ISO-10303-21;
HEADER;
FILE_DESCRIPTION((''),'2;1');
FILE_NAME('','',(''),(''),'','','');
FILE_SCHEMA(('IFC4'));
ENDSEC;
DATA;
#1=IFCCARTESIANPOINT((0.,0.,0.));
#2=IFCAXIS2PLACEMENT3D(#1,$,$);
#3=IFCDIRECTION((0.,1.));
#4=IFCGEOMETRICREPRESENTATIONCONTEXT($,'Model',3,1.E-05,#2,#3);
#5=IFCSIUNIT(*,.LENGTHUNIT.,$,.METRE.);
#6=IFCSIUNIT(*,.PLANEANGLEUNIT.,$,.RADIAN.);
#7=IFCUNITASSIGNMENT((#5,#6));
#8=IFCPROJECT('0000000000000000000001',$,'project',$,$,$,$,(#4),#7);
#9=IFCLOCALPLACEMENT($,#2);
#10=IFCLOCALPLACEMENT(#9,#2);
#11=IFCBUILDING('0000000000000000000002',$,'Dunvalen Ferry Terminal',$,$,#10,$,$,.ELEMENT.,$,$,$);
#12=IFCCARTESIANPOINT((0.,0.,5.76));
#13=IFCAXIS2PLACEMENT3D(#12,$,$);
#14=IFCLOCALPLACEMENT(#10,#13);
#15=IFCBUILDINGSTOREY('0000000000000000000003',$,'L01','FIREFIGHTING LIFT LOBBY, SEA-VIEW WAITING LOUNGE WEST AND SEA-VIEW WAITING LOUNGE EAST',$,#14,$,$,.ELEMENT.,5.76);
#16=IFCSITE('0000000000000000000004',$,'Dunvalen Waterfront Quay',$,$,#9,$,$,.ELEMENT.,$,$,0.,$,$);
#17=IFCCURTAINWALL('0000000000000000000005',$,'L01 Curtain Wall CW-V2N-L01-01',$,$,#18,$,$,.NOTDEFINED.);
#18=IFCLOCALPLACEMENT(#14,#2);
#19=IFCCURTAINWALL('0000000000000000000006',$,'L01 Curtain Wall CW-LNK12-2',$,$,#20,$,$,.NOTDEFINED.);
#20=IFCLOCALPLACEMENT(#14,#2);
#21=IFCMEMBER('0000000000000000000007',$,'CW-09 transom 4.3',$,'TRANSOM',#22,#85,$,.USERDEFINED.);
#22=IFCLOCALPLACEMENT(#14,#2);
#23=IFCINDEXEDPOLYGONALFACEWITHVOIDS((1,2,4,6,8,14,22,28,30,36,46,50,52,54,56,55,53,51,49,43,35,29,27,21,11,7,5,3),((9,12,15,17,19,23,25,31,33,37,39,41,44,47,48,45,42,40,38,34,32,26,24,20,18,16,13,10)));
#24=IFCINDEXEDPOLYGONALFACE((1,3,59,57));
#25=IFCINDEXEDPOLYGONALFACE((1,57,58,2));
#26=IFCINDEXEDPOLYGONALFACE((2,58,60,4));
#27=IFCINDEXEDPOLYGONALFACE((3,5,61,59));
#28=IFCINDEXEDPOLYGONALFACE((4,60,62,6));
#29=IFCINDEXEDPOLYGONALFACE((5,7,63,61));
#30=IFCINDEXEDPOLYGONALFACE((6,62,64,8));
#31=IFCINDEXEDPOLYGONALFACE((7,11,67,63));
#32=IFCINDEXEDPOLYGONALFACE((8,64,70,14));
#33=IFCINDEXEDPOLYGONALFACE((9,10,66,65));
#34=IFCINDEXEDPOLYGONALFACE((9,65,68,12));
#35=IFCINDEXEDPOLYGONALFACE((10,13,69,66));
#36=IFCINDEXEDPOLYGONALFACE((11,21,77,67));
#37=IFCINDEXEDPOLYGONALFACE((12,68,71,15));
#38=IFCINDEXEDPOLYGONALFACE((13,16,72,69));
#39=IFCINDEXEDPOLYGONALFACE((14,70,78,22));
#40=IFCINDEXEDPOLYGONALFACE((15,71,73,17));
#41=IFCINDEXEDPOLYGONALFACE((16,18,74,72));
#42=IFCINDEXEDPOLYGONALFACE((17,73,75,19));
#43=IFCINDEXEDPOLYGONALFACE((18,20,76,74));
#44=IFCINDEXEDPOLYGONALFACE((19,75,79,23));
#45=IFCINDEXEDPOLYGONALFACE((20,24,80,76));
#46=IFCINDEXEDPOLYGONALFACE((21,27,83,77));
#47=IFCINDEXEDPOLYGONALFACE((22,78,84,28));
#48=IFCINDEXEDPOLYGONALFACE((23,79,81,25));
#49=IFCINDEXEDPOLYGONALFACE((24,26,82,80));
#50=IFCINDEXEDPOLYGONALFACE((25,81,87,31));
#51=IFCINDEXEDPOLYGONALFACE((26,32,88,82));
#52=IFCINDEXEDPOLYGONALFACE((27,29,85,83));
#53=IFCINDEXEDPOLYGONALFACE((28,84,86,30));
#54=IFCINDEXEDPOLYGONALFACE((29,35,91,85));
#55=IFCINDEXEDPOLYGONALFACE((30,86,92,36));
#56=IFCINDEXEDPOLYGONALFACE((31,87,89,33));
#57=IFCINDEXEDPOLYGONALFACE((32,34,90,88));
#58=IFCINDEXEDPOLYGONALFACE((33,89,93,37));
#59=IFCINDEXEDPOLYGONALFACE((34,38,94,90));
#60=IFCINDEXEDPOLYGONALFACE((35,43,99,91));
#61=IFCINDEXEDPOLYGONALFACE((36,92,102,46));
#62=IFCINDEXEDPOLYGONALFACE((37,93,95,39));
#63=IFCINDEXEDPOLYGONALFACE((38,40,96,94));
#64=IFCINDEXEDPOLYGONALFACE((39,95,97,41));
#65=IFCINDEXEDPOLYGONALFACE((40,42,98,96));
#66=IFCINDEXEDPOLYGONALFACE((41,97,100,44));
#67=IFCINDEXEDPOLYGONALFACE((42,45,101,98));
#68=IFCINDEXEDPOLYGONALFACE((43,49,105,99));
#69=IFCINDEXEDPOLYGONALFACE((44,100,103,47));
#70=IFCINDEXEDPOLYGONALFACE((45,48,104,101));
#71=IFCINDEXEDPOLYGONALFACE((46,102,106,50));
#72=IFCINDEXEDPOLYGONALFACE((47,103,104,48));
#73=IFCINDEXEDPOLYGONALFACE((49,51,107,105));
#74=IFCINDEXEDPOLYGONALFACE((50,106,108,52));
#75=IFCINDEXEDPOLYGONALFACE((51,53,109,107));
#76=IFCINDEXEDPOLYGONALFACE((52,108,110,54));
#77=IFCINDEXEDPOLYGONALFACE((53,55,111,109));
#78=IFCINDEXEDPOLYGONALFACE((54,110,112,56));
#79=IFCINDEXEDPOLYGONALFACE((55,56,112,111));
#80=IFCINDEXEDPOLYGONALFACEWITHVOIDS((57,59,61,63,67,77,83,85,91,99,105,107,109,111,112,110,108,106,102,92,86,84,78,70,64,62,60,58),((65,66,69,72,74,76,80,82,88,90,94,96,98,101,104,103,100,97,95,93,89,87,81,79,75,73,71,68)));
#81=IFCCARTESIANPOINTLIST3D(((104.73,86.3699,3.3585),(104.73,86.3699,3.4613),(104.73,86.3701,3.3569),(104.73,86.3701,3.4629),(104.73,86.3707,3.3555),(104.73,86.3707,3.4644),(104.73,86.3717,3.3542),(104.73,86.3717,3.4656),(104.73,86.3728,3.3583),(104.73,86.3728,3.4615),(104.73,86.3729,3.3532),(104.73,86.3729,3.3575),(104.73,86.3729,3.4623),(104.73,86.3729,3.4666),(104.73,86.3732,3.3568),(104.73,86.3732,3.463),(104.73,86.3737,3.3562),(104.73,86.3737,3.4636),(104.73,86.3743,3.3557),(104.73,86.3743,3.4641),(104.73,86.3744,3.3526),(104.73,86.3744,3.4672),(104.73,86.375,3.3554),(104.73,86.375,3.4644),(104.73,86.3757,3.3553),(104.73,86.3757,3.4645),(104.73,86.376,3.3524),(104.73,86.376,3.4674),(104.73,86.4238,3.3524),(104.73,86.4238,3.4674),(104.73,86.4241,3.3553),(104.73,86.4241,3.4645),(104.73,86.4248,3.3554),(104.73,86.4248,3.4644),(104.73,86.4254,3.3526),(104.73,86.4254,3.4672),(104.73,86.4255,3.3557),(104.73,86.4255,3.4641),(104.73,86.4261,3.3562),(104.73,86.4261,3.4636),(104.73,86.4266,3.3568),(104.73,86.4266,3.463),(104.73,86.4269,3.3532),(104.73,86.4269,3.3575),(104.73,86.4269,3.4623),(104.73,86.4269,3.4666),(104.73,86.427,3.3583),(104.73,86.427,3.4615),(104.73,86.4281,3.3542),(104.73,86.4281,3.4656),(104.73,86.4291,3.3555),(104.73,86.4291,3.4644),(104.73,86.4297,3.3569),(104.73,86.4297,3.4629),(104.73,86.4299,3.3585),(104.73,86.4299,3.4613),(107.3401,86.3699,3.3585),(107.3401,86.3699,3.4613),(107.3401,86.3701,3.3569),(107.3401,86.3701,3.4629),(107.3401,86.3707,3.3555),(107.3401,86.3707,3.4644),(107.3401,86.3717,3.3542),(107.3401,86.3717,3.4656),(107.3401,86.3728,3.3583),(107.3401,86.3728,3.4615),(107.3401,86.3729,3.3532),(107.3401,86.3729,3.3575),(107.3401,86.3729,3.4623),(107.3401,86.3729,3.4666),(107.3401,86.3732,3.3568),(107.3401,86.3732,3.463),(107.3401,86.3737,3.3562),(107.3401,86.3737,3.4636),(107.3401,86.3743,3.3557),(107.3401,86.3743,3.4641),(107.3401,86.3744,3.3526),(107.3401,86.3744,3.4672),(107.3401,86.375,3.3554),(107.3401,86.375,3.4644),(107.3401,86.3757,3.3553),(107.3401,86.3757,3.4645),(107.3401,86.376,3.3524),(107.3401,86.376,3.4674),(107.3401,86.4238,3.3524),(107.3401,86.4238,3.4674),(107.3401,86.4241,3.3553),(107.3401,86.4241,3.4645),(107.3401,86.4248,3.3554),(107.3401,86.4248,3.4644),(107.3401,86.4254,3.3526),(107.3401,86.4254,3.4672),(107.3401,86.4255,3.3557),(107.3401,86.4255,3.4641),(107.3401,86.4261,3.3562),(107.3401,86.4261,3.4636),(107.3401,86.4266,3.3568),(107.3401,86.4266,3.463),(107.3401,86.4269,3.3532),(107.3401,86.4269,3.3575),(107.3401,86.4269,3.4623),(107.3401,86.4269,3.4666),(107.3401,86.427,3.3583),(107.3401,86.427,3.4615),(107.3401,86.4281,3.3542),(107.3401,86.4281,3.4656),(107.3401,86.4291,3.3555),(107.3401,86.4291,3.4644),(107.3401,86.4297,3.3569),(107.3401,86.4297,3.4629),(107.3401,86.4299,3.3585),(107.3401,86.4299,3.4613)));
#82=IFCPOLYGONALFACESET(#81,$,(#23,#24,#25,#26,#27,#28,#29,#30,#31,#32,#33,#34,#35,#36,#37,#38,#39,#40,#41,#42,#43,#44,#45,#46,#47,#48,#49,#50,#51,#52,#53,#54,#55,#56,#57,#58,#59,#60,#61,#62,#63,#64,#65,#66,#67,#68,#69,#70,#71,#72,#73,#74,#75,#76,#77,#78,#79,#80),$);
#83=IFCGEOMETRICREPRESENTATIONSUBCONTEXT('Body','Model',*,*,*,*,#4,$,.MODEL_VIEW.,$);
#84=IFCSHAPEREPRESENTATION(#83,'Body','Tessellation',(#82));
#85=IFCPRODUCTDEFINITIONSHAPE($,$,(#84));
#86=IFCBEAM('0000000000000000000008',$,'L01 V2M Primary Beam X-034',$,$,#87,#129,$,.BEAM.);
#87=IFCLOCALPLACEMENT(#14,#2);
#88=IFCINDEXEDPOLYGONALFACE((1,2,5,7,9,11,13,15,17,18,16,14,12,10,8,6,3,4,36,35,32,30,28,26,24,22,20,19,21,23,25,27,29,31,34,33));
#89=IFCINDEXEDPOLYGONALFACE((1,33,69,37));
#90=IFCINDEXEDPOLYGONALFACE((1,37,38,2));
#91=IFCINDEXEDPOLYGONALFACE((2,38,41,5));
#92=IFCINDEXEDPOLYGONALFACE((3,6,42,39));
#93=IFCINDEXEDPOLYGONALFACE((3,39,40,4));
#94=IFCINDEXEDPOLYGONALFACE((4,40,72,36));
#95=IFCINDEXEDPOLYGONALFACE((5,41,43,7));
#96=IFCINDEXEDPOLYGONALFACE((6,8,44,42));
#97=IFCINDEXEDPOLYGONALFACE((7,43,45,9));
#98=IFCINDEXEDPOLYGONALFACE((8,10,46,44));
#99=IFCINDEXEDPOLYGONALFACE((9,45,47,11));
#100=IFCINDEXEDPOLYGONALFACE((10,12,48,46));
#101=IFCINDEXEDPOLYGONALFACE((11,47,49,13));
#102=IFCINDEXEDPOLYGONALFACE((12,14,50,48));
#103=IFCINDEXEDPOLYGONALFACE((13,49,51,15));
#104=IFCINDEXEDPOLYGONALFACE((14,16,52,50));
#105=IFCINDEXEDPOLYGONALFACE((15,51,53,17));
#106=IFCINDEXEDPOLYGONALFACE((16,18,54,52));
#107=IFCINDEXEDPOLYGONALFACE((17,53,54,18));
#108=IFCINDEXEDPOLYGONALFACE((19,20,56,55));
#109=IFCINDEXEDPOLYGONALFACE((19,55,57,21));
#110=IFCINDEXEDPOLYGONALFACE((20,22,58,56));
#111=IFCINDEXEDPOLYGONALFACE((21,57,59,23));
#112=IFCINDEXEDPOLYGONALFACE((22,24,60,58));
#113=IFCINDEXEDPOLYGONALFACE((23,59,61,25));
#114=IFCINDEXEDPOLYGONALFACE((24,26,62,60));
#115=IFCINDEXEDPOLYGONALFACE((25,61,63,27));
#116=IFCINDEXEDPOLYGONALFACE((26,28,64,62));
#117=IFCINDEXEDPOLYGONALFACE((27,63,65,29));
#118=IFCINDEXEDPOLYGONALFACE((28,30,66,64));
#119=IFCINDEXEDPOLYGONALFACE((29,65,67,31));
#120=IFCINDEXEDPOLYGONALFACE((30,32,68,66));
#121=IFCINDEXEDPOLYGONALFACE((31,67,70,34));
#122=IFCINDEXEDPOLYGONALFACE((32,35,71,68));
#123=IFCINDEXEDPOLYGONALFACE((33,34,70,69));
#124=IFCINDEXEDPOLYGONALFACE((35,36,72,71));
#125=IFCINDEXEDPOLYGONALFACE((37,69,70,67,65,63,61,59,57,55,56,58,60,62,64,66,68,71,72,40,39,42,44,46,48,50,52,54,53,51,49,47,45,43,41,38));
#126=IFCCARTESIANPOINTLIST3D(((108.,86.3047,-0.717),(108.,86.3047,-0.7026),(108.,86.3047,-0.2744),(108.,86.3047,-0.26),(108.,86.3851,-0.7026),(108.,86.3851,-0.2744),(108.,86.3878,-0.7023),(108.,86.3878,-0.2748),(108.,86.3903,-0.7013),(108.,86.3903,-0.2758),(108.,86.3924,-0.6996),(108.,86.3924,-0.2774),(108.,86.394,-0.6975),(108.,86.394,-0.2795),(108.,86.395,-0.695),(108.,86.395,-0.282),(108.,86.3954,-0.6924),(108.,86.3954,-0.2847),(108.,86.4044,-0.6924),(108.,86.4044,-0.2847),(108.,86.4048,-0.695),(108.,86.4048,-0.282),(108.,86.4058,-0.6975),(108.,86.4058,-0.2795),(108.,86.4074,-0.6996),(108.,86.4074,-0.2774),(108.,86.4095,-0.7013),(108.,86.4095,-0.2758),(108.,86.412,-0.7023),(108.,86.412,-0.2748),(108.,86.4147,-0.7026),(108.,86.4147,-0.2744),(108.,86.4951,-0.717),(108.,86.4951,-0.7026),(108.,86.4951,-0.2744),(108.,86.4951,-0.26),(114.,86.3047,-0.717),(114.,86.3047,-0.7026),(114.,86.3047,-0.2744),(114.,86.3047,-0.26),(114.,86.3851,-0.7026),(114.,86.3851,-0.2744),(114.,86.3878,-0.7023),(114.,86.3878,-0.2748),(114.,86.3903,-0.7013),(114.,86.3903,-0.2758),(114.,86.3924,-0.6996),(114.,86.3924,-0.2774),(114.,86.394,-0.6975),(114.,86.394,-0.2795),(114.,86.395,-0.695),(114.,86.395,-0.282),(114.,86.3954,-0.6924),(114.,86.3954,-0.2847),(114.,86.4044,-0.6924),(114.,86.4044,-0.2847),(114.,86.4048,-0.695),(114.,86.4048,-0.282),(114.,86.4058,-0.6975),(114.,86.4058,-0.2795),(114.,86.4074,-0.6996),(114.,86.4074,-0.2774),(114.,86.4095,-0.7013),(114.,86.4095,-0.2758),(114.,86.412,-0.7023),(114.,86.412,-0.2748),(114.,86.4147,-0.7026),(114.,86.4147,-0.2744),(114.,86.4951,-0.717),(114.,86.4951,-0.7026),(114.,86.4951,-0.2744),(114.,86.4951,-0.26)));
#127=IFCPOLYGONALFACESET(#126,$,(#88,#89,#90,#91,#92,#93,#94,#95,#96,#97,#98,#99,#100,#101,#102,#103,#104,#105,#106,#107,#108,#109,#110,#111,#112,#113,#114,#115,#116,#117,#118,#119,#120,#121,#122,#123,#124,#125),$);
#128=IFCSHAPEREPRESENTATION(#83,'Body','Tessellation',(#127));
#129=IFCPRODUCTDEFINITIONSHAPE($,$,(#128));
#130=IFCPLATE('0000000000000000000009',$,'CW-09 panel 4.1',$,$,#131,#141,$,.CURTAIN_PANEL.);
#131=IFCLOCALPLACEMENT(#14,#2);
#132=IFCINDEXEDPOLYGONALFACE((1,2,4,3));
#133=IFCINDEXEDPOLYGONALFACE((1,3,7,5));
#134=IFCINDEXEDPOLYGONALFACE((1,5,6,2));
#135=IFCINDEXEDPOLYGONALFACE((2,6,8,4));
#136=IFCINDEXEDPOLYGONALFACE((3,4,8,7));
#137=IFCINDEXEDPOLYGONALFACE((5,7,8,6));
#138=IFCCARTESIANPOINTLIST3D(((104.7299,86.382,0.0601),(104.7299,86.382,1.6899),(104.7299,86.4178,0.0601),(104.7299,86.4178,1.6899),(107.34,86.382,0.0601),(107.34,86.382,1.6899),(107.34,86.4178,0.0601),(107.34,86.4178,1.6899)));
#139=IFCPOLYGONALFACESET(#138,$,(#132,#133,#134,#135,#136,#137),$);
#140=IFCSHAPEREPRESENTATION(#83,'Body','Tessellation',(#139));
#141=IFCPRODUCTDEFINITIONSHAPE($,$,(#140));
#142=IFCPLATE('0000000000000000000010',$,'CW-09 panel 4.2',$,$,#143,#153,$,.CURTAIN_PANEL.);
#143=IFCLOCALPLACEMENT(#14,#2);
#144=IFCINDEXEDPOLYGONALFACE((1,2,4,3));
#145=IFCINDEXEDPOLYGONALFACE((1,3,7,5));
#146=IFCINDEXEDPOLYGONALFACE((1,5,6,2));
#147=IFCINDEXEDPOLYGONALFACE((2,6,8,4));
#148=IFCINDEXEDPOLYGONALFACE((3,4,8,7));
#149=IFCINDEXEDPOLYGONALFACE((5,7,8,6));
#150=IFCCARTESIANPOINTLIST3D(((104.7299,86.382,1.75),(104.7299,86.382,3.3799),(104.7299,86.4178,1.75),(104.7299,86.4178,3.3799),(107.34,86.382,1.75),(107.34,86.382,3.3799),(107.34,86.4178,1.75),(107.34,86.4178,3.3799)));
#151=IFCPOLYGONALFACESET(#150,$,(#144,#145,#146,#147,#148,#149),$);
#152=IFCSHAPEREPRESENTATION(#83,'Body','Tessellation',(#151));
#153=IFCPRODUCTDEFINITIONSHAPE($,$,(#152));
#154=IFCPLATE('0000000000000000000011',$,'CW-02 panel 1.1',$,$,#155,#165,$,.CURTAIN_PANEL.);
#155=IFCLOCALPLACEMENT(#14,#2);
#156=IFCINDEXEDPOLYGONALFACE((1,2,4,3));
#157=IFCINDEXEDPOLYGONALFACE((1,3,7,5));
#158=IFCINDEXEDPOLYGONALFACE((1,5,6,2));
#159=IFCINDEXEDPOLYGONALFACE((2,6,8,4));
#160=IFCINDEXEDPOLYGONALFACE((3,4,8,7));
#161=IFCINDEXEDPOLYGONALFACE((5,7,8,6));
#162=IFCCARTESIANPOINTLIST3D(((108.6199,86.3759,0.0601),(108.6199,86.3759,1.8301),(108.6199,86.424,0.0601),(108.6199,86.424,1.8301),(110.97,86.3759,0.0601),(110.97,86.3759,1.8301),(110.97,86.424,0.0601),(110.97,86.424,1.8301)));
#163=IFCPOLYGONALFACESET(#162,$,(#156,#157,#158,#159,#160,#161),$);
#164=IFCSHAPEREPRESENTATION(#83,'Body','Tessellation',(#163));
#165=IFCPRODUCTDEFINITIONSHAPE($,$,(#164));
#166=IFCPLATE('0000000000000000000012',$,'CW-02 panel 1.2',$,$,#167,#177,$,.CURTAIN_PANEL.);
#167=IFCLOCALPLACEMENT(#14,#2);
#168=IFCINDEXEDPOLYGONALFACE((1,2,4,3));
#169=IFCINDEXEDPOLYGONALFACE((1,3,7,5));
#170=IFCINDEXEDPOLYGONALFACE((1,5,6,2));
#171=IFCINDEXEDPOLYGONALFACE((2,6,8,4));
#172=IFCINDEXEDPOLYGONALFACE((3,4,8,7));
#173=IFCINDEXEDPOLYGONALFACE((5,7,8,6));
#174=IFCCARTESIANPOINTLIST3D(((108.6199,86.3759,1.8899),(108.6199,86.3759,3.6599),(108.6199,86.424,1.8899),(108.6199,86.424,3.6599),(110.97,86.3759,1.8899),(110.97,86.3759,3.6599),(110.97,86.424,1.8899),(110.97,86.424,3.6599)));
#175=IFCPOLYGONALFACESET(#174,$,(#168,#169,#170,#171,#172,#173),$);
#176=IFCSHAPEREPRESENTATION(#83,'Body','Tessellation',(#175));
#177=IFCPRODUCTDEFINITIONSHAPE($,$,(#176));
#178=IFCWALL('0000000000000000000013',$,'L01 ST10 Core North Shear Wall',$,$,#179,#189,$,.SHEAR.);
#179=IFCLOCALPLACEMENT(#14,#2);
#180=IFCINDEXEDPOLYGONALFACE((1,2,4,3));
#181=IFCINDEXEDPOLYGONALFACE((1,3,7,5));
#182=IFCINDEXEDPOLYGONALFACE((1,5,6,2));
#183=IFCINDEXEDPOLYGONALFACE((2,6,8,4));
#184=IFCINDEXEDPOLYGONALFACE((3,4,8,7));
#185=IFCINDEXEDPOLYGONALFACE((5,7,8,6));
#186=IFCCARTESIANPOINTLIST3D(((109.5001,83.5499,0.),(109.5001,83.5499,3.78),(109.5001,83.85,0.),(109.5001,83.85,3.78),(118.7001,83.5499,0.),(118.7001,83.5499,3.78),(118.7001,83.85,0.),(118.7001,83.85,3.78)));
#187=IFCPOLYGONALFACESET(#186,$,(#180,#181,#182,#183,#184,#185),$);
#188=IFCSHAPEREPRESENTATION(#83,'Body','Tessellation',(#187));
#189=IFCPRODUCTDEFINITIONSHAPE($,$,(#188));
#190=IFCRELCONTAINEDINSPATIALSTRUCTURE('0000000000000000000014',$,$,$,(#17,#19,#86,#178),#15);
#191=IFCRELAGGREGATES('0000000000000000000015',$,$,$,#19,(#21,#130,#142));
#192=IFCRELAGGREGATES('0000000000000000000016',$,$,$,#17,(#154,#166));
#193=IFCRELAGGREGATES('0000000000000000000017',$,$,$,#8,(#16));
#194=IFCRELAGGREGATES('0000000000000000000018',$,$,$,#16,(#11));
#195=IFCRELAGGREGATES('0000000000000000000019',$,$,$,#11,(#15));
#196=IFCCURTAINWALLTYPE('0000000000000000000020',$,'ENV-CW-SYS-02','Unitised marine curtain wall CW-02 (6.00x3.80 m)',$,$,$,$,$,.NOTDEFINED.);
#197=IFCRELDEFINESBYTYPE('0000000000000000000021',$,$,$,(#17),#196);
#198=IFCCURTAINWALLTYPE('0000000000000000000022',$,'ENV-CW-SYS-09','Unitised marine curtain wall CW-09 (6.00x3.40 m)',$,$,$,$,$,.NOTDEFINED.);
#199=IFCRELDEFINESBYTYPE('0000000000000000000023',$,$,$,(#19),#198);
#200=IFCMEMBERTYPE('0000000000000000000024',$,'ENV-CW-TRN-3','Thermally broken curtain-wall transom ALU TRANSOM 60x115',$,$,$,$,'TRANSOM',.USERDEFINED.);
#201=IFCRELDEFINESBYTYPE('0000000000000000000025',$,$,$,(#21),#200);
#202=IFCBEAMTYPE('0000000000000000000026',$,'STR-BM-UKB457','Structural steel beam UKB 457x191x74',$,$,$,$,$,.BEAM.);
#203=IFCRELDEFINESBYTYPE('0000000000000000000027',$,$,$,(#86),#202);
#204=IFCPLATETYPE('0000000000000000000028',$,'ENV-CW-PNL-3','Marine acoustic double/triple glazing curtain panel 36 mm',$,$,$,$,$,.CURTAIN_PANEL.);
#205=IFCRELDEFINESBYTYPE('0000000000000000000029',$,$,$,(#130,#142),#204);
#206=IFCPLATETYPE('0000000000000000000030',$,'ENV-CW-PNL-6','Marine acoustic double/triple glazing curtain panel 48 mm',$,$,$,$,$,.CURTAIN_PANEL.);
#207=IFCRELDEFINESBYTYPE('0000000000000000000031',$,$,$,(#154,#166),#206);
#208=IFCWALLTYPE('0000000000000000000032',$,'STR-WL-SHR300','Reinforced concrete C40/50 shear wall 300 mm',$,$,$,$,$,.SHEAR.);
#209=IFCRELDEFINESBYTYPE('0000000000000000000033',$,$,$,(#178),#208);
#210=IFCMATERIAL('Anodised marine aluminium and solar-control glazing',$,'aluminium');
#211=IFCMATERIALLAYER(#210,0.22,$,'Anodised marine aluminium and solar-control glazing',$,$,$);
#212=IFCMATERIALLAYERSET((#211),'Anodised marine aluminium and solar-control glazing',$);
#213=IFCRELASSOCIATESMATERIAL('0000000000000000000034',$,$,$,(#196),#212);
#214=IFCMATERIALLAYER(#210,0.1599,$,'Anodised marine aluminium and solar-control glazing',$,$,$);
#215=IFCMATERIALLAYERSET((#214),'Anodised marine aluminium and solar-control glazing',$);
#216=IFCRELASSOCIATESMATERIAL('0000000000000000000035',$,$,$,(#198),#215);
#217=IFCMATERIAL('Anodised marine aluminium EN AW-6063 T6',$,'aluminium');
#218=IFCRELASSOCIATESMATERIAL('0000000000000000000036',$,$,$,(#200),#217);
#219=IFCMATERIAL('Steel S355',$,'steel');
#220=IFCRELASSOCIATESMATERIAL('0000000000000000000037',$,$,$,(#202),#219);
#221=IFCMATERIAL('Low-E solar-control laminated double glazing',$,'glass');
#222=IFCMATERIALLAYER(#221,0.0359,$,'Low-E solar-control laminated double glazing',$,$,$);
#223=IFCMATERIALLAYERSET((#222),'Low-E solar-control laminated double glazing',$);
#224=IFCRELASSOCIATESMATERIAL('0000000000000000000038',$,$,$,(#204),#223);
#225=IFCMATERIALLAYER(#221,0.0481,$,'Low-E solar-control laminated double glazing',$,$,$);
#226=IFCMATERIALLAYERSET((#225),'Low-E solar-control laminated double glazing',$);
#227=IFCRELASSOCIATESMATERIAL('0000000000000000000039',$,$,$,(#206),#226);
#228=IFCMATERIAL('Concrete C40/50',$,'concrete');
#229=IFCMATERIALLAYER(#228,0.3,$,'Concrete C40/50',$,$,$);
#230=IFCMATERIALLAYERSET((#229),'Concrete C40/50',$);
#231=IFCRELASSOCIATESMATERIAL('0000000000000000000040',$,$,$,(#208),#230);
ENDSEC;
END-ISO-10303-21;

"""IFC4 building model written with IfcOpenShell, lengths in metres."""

from ifc_helpers import new_model, si_unit, direction, frame, frame_2d, origin, origin_2d, place, context, subcontext, project, spatial, rectangle, hollow_rectangle, i_section, extrude, material, layer, layer_set, material_profile, profile_set, type_object, element, aggregate, save


model = new_model("IFC4")

# Units and contexts
model_context = context("Model", 3, precision=1e-05, world=origin(), true_north=direction((0.0, 1.0)))
body_context = subcontext(model_context, "Body", "Model", "MODEL_VIEW")
ifc_project = project(units=[si_unit("LENGTHUNIT", "METRE"), si_unit("PLANEANGLEUNIT", "RADIAN")], contexts=[model_context])

# Site, building, storey
site_placement = place(None, origin())
site = spatial("IfcSite", under=ifc_project, at=site_placement, Name="Dunvalen Waterfront Quay", CompositionType="ELEMENT", RefElevation=0.0)
building_placement = place(site_placement, origin())
building = spatial("IfcBuilding", under=site, at=building_placement, Name="Dunvalen Ferry Terminal", CompositionType="ELEMENT")
storey_placement = place(building_placement, frame((0.0, 0.0, 5.76)))
storey = spatial("IfcBuildingStorey", under=building, at=storey_placement, Name="L01", Description="FIREFIGHTING LIFT LOBBY, SEA-VIEW WAITING LOUNGE WEST AND SEA-VIEW WAITING LOUNGE EAST", CompositionType="ELEMENT", Elevation=5.76)

# Shared definitions
ifc_material_1 = material(Name="Concrete C40/50", Category="concrete")

# Curtain wall
ifc_material_2 = material(Name="Anodised marine aluminium and solar-control glazing", Category="aluminium")
ifc_layer_1 = layer(ifc_material_2, 0.22, Name="Anodised marine aluminium and solar-control glazing")
ifc_layer_set_1 = layer_set([ifc_layer_1], Name="Anodised marine aluminium and solar-control glazing")
curtain_wall_type_1 = type_object("IfcCurtainWallType", Name="ENV-CW-SYS-02", Description="Unitised marine curtain wall CW-02 (6.00x3.80 m)", PredefinedType="NOTDEFINED", material=ifc_layer_set_1)
curtain_wall_1_placement = place(storey_placement, origin())
curtain_wall_1 = element("IfcCurtainWall", 1, at=curtain_wall_1_placement, inside=storey, type_object=curtain_wall_type_1, Name="L01 Curtain Wall CW-V2N-L01-01", PredefinedType="NOTDEFINED")
ifc_material_3 = material(Name="Anodised marine aluminium EN AW-6063 T6", Category="aluminium")

# Curtain wall
ifc_layer_2 = layer(ifc_material_2, 0.1599, Name="Anodised marine aluminium and solar-control glazing")
ifc_layer_set_2 = layer_set([ifc_layer_2], Name="Anodised marine aluminium and solar-control glazing")
curtain_wall_type_2 = type_object("IfcCurtainWallType", Name="ENV-CW-SYS-09", Description="Unitised marine curtain wall CW-09 (6.00x3.40 m)", PredefinedType="NOTDEFINED", material=ifc_layer_set_2)
curtain_wall_2_placement = place(storey_placement, origin())
curtain_wall_2 = element("IfcCurtainWall", 2, at=curtain_wall_2_placement, inside=storey, type_object=curtain_wall_type_2, Name="L01 Curtain Wall CW-LNK12-2", PredefinedType="NOTDEFINED")

# Member
ifc_material_profile_1 = material_profile(ifc_material_3, hollow_rectangle(XDim=0.0601, YDim=0.115, WallThickness=0.0029, InnerFilletRadius=0.0029, OuterFilletRadius=0.0061, at=origin_2d()), Name="Anodised marine aluminium EN AW-6063 T6")
ifc_profile_set_1 = profile_set([ifc_material_profile_1], Name="Anodised marine aluminium EN AW-6063 T6")
member_type_1 = type_object("IfcMemberType", Name="ENV-CW-TRN-3", Description="Thermally broken curtain-wall transom ALU TRANSOM 60x115", ElementType="TRANSOM", PredefinedType="USERDEFINED", material=ifc_profile_set_1)
member_1_placement = place(storey_placement, frame((104.73, 86.3999, 3.4099), z_axis=(1.0, 0.0, 0.0), x_axis=(0.0, 1.0, 0.0)))
member_1 = element("IfcMember", 3, at=member_1_placement, type_object=member_type_1, Name="CW-09 transom 4.3", ObjectType="TRANSOM", PredefinedType="USERDEFINED", context=body_context, shape_type="SweptSolid", body=[
    extrude(hollow_rectangle(XDim=0.0601, YDim=0.115, WallThickness=0.0029, InnerFilletRadius=0.0029, OuterFilletRadius=0.0061, at=origin_2d()), origin(), (0.0, 0.0, 1.0), 2.6101),
])

# Beam
ifc_material_4 = material(Name="Steel S355", Category="steel")
ifc_material_profile_2 = material_profile(ifc_material_4, i_section(OverallWidth=0.1904, OverallDepth=0.457, WebThickness=0.009, FlangeThickness=0.0144, FilletRadius=0.0103, at=origin_2d()), Name="Steel S355")
ifc_profile_set_2 = profile_set([ifc_material_profile_2], Name="Steel S355")
beam_type = type_object("IfcBeamType", Name="STR-BM-UKB457", Description="Structural steel beam UKB 457x191x74", PredefinedType="BEAM", material=ifc_profile_set_2)
beam_placement = place(storey_placement, frame((108.0, 86.3999, -0.4885), z_axis=(1.0, 0.0, 0.0), x_axis=(0.0, 1.0, 0.0)))
element("IfcBeam", 4, at=beam_placement, inside=storey, type_object=beam_type, Name="L01 V2M Primary Beam X-034", PredefinedType="BEAM", context=body_context, shape_type="SweptSolid", body=[
    extrude(i_section(OverallWidth=0.1904, OverallDepth=0.457, WebThickness=0.009, FlangeThickness=0.0144, FilletRadius=0.0103, at=origin_2d()), origin(), (0.0, 0.0, 1.0), 6.0),
])

# Plates
ifc_material_5 = material(Name="Low-E solar-control laminated double glazing", Category="glass")
ifc_layer_3 = layer(ifc_material_5, 0.0359, Name="Low-E solar-control laminated double glazing")
ifc_layer_set_3 = layer_set([ifc_layer_3], Name="Low-E solar-control laminated double glazing")
plate_type_1 = type_object("IfcPlateType", Name="ENV-CW-PNL-3", Description="Marine acoustic double/triple glazing curtain panel 36 mm", PredefinedType="CURTAIN_PANEL", material=ifc_layer_set_3)
plate_1_placement = place(storey_placement, frame((106.0349, 86.3999, 0.0601), z_axis=(0.0, 0.0, 1.0), x_axis=(1.0, 0.0, 0.0)))
plate_1 = element("IfcPlate", 5, at=plate_1_placement, type_object=plate_type_1, Name="CW-09 panel 4.1", PredefinedType="CURTAIN_PANEL", context=body_context, shape_type="SweptSolid", body=[
    extrude(rectangle(XDim=2.6101, YDim=0.0359, at=origin_2d()), origin(), (0.0, 0.0, 1.0), 1.6299),
])
plate_2_placement = place(storey_placement, frame((106.0349, 86.3999, 1.75), z_axis=(0.0, 0.0, 1.0), x_axis=(1.0, 0.0, 0.0)))
plate_2 = element("IfcPlate", 6, at=plate_2_placement, type_object=plate_type_1, Name="CW-09 panel 4.2", PredefinedType="CURTAIN_PANEL", context=body_context, shape_type="SweptSolid", body=[
    extrude(rectangle(XDim=2.6101, YDim=0.0359, at=origin_2d()), origin(), (0.0, 0.0, 1.0), 1.6299),
])
aggregate(curtain_wall_2, [member_1, plate_1, plate_2])
ifc_layer_4 = layer(ifc_material_5, 0.0481, Name="Low-E solar-control laminated double glazing")
ifc_layer_set_4 = layer_set([ifc_layer_4], Name="Low-E solar-control laminated double glazing")
plate_type_2 = type_object("IfcPlateType", Name="ENV-CW-PNL-6", Description="Marine acoustic double/triple glazing curtain panel 48 mm", PredefinedType="CURTAIN_PANEL", material=ifc_layer_set_4)
plate_3_placement = place(storey_placement, frame((109.7949, 86.3999, 0.0601), z_axis=(0.0, 0.0, 1.0), x_axis=(1.0, 0.0, 0.0)))
plate_3 = element("IfcPlate", 7, at=plate_3_placement, type_object=plate_type_2, Name="CW-02 panel 1.1", PredefinedType="CURTAIN_PANEL", context=body_context, shape_type="SweptSolid", body=[
    extrude(rectangle(XDim=2.3501, YDim=0.0481, at=origin_2d()), origin(), (0.0, 0.0, 1.0), 1.77),
])
plate_4_placement = place(storey_placement, frame((109.7949, 86.3999, 1.8899), z_axis=(0.0, 0.0, 1.0), x_axis=(1.0, 0.0, 0.0)))
plate_4 = element("IfcPlate", 8, at=plate_4_placement, type_object=plate_type_2, Name="CW-02 panel 1.2", PredefinedType="CURTAIN_PANEL", context=body_context, shape_type="SweptSolid", body=[
    extrude(rectangle(XDim=2.3501, YDim=0.0481, at=origin_2d()), origin(), (0.0, 0.0, 1.0), 1.77),
])
aggregate(curtain_wall_1, [plate_3, plate_4])

# Wall
ifc_layer_5 = layer(ifc_material_1, 0.3, Name="Concrete C40/50")
ifc_layer_set_5 = layer_set([ifc_layer_5], Name="Concrete C40/50")
wall_type = type_object("IfcWallType", Name="STR-WL-SHR300", Description="Reinforced concrete C40/50 shear wall 300 mm", PredefinedType="SHEAR", material=ifc_layer_set_5)
wall_1_placement = place(storey_placement, frame((109.5, 83.7, 0.0), z_axis=(0.0, 0.0, 1.0), x_axis=(1.0, 0.0, 0.0)))
element("IfcWall", 9, at=wall_1_placement, inside=storey, type_object=wall_type, Name="L01 ST10 Core North Shear Wall", PredefinedType="SHEAR", context=body_context, shape_type="SweptSolid", body=[
    extrude(rectangle(XDim=9.2, YDim=0.3, at=frame_2d((4.6001, 0.0))), origin(), (0.0, 0.0, 1.0), 3.78),
])

save(model, "model.ifc")
